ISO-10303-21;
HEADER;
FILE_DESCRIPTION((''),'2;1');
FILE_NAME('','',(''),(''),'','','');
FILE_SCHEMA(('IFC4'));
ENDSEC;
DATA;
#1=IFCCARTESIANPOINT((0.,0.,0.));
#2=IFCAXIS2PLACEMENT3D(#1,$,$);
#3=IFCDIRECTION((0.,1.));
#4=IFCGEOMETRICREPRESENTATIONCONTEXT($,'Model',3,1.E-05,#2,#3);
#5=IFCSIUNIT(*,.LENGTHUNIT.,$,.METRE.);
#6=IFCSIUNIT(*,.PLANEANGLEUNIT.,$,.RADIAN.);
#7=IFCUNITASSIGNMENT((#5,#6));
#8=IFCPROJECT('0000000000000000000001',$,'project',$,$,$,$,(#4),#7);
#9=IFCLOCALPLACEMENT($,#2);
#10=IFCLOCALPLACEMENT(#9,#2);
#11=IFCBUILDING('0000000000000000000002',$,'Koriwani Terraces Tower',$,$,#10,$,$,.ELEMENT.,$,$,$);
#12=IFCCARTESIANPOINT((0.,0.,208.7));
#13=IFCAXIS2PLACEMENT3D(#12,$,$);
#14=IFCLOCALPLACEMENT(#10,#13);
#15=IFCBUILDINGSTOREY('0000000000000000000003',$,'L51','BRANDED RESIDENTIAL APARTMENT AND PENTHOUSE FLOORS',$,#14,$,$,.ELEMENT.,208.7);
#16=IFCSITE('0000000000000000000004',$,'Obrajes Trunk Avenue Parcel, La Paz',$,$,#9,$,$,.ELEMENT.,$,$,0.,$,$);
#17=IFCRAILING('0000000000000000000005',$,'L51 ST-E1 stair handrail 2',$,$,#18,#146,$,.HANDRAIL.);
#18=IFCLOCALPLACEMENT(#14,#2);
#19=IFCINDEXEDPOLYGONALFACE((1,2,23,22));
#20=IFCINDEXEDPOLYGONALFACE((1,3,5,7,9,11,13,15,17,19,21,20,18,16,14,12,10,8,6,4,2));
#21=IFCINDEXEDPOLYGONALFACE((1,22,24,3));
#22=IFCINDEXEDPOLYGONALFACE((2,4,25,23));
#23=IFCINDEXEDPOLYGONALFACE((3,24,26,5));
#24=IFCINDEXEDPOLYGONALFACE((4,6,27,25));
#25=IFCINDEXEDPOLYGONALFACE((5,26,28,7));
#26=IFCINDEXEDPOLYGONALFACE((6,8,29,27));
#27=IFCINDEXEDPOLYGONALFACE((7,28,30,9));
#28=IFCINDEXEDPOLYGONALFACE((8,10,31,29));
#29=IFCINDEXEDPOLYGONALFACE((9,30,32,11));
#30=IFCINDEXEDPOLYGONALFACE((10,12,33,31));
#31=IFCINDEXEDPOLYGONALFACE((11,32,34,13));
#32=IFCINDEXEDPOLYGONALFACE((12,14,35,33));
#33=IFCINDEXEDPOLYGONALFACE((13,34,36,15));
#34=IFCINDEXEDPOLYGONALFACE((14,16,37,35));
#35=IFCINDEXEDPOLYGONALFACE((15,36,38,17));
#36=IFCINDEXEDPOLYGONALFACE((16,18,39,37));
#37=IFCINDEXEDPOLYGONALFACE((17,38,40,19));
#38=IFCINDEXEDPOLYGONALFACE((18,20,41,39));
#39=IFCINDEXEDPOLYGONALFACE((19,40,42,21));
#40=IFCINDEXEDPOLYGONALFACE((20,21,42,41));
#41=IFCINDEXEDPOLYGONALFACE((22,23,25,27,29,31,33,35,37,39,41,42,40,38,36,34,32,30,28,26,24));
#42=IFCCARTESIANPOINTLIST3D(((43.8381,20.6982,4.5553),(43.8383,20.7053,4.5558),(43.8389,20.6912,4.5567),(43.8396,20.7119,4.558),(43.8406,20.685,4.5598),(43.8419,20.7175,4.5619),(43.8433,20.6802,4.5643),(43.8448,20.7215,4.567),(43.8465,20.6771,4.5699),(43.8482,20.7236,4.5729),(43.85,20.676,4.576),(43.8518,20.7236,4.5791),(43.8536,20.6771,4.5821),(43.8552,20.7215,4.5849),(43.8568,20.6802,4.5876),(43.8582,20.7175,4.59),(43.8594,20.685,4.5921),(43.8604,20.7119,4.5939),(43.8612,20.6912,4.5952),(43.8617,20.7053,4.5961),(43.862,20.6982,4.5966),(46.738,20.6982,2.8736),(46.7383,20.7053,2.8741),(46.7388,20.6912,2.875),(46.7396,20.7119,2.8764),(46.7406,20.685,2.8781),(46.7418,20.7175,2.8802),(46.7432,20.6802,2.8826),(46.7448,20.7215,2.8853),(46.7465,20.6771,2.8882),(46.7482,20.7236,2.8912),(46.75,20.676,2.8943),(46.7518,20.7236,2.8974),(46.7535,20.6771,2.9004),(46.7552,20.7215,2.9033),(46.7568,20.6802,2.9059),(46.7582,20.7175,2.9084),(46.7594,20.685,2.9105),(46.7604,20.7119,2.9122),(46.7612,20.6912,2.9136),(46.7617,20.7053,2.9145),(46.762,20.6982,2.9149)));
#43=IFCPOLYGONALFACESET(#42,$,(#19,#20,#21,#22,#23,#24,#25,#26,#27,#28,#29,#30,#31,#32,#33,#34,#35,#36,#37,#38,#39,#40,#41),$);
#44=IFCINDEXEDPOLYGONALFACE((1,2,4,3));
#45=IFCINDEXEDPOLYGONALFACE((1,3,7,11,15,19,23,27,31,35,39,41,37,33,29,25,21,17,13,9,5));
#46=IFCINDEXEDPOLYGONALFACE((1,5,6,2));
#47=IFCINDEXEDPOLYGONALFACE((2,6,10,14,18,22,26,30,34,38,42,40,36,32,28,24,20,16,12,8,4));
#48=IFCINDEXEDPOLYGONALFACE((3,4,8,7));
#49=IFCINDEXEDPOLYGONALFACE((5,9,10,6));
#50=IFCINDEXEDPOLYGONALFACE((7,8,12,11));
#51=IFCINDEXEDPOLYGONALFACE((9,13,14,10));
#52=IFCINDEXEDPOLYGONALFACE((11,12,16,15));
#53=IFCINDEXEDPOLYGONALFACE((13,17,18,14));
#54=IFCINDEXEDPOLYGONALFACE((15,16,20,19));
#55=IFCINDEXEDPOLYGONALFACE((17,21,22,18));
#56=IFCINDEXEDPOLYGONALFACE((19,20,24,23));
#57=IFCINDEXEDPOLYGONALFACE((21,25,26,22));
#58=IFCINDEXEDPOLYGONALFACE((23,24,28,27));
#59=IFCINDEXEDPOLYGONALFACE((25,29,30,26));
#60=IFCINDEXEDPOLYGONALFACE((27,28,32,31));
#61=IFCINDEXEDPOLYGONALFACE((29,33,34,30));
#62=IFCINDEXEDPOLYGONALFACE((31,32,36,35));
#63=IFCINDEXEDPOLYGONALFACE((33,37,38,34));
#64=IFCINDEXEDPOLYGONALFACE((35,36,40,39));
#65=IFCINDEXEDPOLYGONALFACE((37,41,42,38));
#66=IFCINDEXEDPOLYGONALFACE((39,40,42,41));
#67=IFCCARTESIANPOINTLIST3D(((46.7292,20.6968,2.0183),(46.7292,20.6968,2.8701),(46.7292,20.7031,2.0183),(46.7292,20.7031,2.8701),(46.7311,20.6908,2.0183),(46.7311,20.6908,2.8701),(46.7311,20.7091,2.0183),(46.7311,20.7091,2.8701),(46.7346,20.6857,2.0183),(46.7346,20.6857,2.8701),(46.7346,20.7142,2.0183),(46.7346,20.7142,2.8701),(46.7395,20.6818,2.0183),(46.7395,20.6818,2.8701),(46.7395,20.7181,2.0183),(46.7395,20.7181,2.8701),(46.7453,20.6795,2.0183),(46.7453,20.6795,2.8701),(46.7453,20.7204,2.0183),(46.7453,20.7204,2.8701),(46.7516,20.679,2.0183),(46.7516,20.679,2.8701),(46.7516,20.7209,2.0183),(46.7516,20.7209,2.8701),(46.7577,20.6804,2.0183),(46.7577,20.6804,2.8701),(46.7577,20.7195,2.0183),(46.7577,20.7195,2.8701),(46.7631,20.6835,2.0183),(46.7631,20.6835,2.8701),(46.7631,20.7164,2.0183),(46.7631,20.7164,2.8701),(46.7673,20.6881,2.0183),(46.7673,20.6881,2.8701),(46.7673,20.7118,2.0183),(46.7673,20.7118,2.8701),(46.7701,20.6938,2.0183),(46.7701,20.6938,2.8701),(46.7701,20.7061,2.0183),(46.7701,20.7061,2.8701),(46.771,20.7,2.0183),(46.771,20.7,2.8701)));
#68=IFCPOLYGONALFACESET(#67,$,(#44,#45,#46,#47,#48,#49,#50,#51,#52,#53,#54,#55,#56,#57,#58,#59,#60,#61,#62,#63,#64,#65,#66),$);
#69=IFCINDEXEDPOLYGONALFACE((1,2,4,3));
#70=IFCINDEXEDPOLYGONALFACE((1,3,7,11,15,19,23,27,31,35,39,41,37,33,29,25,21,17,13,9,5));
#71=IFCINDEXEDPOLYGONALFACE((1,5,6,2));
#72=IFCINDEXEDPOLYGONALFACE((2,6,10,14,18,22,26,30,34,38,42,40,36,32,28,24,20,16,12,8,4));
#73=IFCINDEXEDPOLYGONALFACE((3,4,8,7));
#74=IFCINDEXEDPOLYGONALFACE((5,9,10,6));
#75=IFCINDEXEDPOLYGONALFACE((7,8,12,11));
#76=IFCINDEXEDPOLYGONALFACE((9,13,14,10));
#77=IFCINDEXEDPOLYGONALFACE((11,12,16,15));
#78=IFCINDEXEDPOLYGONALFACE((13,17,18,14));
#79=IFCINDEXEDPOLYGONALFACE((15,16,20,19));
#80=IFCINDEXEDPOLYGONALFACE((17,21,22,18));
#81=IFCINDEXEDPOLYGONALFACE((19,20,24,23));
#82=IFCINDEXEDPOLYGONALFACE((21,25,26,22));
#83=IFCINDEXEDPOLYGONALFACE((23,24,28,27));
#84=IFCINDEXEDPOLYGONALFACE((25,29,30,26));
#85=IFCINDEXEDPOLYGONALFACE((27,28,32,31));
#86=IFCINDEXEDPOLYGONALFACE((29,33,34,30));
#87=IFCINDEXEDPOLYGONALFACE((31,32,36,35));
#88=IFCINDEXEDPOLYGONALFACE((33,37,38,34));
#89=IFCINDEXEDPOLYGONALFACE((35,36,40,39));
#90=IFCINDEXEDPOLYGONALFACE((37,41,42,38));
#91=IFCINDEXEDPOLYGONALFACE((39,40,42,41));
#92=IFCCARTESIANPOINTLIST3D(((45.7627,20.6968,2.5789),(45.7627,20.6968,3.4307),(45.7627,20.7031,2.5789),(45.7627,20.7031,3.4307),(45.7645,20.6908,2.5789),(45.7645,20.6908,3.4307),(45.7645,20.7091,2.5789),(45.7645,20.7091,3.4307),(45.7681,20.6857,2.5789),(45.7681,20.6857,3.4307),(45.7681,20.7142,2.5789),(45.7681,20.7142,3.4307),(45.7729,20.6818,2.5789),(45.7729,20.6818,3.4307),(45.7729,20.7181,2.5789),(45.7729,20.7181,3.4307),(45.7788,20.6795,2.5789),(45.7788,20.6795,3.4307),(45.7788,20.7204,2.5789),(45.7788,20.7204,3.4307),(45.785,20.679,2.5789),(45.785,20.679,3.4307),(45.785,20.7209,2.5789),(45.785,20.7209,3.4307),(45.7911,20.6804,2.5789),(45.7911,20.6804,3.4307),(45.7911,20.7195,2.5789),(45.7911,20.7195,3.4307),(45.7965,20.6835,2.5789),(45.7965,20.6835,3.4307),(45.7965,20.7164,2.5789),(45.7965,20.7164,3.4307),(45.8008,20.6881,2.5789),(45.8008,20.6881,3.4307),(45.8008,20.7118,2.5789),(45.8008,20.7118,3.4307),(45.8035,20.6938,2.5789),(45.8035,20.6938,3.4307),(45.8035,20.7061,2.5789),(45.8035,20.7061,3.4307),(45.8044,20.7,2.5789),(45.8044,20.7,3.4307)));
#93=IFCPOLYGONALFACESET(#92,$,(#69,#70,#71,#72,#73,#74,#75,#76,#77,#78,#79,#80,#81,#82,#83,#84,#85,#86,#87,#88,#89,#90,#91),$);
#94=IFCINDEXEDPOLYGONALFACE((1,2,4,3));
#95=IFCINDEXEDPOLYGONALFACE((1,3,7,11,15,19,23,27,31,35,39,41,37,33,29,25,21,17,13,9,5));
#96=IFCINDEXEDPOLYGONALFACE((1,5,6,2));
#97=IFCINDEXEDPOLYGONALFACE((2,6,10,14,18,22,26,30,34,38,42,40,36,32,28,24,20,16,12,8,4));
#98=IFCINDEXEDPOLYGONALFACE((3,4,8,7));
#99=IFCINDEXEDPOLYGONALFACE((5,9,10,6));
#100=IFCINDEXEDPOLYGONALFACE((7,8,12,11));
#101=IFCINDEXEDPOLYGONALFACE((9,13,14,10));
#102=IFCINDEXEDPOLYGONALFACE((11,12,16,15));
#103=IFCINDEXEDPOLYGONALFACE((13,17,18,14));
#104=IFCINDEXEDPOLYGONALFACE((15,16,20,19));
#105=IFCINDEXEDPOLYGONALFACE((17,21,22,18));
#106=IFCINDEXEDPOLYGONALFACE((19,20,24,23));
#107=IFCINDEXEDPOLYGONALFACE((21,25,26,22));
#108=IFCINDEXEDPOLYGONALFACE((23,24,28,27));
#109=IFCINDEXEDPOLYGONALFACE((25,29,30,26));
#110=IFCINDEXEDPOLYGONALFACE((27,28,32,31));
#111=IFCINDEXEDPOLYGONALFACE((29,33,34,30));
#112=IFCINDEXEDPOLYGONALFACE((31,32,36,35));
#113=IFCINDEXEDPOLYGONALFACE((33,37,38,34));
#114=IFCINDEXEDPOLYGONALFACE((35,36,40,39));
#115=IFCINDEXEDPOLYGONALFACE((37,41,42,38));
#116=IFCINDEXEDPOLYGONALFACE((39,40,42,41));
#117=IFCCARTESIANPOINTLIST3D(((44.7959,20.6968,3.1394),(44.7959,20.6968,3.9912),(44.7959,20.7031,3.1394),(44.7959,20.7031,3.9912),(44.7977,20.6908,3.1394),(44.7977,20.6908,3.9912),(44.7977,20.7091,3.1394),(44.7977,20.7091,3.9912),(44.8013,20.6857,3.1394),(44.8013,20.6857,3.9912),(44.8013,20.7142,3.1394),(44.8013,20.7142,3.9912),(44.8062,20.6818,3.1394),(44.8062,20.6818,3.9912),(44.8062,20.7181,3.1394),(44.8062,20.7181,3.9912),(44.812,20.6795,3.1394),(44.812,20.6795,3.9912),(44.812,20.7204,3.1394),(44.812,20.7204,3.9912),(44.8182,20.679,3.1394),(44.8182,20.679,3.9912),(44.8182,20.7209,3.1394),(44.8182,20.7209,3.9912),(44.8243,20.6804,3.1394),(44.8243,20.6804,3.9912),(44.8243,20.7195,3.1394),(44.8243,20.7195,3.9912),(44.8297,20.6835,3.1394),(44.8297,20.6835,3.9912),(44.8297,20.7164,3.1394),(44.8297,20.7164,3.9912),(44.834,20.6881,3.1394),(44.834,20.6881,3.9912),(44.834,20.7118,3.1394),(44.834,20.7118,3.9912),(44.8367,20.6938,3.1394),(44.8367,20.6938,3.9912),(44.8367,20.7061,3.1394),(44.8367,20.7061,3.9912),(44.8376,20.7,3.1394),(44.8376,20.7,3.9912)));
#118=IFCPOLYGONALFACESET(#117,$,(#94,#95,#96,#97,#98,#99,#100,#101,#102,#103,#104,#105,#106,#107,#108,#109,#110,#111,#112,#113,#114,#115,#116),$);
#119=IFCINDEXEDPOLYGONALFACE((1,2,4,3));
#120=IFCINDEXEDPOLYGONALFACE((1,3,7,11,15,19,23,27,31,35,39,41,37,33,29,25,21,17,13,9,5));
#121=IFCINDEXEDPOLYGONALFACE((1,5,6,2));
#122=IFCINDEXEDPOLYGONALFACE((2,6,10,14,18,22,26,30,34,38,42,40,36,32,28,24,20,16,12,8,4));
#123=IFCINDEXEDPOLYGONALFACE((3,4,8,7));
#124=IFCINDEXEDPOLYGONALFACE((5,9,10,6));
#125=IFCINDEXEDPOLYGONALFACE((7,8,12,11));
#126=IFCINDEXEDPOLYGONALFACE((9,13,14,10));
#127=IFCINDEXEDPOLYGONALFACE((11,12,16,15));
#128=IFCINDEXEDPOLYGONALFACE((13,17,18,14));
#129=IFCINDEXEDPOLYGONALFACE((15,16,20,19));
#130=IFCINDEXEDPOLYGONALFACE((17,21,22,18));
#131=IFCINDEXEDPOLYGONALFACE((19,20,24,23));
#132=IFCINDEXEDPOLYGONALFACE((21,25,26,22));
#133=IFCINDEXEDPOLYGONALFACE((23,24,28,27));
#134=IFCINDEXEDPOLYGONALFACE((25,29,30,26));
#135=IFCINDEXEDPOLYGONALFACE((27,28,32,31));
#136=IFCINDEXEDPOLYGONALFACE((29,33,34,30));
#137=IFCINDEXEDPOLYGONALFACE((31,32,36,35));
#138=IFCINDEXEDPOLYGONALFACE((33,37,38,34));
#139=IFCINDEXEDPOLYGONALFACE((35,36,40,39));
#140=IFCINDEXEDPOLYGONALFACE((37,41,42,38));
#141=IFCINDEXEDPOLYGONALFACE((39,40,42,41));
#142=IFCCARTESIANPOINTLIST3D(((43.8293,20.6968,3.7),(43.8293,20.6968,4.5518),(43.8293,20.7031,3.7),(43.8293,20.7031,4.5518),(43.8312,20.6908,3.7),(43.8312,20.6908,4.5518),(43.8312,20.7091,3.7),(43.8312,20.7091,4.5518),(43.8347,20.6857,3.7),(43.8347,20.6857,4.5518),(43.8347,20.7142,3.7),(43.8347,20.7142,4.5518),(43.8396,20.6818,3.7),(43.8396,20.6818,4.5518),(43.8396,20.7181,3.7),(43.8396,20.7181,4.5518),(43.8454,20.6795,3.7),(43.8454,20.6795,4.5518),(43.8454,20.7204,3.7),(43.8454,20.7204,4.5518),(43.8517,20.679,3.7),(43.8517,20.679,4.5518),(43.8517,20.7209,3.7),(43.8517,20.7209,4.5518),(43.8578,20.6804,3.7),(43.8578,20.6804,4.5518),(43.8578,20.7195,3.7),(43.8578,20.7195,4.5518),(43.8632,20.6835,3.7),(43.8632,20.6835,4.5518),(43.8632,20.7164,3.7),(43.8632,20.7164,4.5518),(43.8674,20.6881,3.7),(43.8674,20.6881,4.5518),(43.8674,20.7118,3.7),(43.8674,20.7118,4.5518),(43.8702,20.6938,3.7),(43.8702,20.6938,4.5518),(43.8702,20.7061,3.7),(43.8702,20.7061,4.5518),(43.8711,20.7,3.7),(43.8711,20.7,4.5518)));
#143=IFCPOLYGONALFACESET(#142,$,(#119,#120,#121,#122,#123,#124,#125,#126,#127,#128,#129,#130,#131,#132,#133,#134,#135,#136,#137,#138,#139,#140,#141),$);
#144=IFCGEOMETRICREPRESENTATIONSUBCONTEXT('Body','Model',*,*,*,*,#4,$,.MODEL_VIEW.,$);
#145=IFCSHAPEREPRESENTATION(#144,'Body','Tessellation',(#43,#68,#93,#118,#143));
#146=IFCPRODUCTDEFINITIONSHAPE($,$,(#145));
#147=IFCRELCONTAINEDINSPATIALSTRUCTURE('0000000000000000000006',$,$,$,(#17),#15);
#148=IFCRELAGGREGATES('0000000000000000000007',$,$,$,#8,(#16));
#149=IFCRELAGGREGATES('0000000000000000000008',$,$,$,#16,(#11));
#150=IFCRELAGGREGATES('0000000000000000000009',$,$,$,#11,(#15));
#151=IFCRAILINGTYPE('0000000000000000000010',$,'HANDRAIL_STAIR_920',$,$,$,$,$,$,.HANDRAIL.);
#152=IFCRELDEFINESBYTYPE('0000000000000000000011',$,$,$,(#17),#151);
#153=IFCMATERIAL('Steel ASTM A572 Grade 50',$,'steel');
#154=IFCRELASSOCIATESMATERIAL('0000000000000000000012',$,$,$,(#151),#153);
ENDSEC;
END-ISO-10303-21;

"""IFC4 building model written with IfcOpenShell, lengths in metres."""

from ifc_helpers import new_model, si_unit, direction, frame, origin, origin_2d, place, context, subcontext, project, spatial, circle, extrude, material, type_object, element, save


model = new_model("IFC4")

# Units and contexts
model_context = context("Model", 3, precision=1e-05, world=origin(), true_north=direction((0.0, 1.0)))
body_context = subcontext(model_context, "Body", "Model", "MODEL_VIEW")
ifc_project = project(units=[si_unit("LENGTHUNIT", "METRE"), si_unit("PLANEANGLEUNIT", "RADIAN")], contexts=[model_context])

# Site, building, storey
site_placement = place(None, origin())
site = spatial("IfcSite", under=ifc_project, at=site_placement, Name="Obrajes Trunk Avenue Parcel, La Paz", CompositionType="ELEMENT", RefElevation=0.0)
building_placement = place(site_placement, origin())
building = spatial("IfcBuilding", under=site, at=building_placement, Name="Koriwani Terraces Tower", CompositionType="ELEMENT")
storey_placement = place(building_placement, frame((0.0, 0.0, 208.7)))
storey = spatial("IfcBuildingStorey", under=building, at=storey_placement, Name="L51", Description="BRANDED RESIDENTIAL APARTMENT AND PENTHOUSE FLOORS", CompositionType="ELEMENT", Elevation=208.7)

# Shared definitions
ifc_material_1 = material(Name="Steel ASTM A572 Grade 50", Category="steel")

# Railing
railing_type_1 = type_object("IfcRailingType", Name="HANDRAIL_STAIR_920", PredefinedType="HANDRAIL", material=ifc_material_1)
railing_1_placement = place(storey_placement, frame((46.75, 20.7, 2.0183)))
element("IfcRailing", 1, at=railing_1_placement, inside=storey, type_object=railing_type_1, Name="L51 ST-E1 stair handrail 2", PredefinedType="HANDRAIL", context=body_context, shape_type="SweptSolid", body=[
    extrude(circle(Radius=0.0239, at=origin_2d()), frame((0.0, 0.0, 0.876), z_axis=(-0.86507, 0.0, 0.501651), x_axis=(0.0, -1.0, 0.0)), (0.0, 0.0, 1.0), 3.3523),
    extrude(circle(Radius=0.021, at=origin_2d()), origin(), (0.0, 0.0, 1.0), 0.8518),
    extrude(circle(Radius=0.021, at=origin_2d()), frame((-0.9666, 0.0, 0.5605)), (0.0, 0.0, 1.0), 0.8518),
    extrude(circle(Radius=0.021, at=origin_2d()), frame((-1.9333, 0.0, 1.1211)), (0.0, 0.0, 1.0), 0.8518),
    extrude(circle(Radius=0.021, at=origin_2d()), frame((-2.8999, 0.0, 1.6816)), (0.0, 0.0, 1.0), 0.8518),
])

save(model, "model.ifc")
